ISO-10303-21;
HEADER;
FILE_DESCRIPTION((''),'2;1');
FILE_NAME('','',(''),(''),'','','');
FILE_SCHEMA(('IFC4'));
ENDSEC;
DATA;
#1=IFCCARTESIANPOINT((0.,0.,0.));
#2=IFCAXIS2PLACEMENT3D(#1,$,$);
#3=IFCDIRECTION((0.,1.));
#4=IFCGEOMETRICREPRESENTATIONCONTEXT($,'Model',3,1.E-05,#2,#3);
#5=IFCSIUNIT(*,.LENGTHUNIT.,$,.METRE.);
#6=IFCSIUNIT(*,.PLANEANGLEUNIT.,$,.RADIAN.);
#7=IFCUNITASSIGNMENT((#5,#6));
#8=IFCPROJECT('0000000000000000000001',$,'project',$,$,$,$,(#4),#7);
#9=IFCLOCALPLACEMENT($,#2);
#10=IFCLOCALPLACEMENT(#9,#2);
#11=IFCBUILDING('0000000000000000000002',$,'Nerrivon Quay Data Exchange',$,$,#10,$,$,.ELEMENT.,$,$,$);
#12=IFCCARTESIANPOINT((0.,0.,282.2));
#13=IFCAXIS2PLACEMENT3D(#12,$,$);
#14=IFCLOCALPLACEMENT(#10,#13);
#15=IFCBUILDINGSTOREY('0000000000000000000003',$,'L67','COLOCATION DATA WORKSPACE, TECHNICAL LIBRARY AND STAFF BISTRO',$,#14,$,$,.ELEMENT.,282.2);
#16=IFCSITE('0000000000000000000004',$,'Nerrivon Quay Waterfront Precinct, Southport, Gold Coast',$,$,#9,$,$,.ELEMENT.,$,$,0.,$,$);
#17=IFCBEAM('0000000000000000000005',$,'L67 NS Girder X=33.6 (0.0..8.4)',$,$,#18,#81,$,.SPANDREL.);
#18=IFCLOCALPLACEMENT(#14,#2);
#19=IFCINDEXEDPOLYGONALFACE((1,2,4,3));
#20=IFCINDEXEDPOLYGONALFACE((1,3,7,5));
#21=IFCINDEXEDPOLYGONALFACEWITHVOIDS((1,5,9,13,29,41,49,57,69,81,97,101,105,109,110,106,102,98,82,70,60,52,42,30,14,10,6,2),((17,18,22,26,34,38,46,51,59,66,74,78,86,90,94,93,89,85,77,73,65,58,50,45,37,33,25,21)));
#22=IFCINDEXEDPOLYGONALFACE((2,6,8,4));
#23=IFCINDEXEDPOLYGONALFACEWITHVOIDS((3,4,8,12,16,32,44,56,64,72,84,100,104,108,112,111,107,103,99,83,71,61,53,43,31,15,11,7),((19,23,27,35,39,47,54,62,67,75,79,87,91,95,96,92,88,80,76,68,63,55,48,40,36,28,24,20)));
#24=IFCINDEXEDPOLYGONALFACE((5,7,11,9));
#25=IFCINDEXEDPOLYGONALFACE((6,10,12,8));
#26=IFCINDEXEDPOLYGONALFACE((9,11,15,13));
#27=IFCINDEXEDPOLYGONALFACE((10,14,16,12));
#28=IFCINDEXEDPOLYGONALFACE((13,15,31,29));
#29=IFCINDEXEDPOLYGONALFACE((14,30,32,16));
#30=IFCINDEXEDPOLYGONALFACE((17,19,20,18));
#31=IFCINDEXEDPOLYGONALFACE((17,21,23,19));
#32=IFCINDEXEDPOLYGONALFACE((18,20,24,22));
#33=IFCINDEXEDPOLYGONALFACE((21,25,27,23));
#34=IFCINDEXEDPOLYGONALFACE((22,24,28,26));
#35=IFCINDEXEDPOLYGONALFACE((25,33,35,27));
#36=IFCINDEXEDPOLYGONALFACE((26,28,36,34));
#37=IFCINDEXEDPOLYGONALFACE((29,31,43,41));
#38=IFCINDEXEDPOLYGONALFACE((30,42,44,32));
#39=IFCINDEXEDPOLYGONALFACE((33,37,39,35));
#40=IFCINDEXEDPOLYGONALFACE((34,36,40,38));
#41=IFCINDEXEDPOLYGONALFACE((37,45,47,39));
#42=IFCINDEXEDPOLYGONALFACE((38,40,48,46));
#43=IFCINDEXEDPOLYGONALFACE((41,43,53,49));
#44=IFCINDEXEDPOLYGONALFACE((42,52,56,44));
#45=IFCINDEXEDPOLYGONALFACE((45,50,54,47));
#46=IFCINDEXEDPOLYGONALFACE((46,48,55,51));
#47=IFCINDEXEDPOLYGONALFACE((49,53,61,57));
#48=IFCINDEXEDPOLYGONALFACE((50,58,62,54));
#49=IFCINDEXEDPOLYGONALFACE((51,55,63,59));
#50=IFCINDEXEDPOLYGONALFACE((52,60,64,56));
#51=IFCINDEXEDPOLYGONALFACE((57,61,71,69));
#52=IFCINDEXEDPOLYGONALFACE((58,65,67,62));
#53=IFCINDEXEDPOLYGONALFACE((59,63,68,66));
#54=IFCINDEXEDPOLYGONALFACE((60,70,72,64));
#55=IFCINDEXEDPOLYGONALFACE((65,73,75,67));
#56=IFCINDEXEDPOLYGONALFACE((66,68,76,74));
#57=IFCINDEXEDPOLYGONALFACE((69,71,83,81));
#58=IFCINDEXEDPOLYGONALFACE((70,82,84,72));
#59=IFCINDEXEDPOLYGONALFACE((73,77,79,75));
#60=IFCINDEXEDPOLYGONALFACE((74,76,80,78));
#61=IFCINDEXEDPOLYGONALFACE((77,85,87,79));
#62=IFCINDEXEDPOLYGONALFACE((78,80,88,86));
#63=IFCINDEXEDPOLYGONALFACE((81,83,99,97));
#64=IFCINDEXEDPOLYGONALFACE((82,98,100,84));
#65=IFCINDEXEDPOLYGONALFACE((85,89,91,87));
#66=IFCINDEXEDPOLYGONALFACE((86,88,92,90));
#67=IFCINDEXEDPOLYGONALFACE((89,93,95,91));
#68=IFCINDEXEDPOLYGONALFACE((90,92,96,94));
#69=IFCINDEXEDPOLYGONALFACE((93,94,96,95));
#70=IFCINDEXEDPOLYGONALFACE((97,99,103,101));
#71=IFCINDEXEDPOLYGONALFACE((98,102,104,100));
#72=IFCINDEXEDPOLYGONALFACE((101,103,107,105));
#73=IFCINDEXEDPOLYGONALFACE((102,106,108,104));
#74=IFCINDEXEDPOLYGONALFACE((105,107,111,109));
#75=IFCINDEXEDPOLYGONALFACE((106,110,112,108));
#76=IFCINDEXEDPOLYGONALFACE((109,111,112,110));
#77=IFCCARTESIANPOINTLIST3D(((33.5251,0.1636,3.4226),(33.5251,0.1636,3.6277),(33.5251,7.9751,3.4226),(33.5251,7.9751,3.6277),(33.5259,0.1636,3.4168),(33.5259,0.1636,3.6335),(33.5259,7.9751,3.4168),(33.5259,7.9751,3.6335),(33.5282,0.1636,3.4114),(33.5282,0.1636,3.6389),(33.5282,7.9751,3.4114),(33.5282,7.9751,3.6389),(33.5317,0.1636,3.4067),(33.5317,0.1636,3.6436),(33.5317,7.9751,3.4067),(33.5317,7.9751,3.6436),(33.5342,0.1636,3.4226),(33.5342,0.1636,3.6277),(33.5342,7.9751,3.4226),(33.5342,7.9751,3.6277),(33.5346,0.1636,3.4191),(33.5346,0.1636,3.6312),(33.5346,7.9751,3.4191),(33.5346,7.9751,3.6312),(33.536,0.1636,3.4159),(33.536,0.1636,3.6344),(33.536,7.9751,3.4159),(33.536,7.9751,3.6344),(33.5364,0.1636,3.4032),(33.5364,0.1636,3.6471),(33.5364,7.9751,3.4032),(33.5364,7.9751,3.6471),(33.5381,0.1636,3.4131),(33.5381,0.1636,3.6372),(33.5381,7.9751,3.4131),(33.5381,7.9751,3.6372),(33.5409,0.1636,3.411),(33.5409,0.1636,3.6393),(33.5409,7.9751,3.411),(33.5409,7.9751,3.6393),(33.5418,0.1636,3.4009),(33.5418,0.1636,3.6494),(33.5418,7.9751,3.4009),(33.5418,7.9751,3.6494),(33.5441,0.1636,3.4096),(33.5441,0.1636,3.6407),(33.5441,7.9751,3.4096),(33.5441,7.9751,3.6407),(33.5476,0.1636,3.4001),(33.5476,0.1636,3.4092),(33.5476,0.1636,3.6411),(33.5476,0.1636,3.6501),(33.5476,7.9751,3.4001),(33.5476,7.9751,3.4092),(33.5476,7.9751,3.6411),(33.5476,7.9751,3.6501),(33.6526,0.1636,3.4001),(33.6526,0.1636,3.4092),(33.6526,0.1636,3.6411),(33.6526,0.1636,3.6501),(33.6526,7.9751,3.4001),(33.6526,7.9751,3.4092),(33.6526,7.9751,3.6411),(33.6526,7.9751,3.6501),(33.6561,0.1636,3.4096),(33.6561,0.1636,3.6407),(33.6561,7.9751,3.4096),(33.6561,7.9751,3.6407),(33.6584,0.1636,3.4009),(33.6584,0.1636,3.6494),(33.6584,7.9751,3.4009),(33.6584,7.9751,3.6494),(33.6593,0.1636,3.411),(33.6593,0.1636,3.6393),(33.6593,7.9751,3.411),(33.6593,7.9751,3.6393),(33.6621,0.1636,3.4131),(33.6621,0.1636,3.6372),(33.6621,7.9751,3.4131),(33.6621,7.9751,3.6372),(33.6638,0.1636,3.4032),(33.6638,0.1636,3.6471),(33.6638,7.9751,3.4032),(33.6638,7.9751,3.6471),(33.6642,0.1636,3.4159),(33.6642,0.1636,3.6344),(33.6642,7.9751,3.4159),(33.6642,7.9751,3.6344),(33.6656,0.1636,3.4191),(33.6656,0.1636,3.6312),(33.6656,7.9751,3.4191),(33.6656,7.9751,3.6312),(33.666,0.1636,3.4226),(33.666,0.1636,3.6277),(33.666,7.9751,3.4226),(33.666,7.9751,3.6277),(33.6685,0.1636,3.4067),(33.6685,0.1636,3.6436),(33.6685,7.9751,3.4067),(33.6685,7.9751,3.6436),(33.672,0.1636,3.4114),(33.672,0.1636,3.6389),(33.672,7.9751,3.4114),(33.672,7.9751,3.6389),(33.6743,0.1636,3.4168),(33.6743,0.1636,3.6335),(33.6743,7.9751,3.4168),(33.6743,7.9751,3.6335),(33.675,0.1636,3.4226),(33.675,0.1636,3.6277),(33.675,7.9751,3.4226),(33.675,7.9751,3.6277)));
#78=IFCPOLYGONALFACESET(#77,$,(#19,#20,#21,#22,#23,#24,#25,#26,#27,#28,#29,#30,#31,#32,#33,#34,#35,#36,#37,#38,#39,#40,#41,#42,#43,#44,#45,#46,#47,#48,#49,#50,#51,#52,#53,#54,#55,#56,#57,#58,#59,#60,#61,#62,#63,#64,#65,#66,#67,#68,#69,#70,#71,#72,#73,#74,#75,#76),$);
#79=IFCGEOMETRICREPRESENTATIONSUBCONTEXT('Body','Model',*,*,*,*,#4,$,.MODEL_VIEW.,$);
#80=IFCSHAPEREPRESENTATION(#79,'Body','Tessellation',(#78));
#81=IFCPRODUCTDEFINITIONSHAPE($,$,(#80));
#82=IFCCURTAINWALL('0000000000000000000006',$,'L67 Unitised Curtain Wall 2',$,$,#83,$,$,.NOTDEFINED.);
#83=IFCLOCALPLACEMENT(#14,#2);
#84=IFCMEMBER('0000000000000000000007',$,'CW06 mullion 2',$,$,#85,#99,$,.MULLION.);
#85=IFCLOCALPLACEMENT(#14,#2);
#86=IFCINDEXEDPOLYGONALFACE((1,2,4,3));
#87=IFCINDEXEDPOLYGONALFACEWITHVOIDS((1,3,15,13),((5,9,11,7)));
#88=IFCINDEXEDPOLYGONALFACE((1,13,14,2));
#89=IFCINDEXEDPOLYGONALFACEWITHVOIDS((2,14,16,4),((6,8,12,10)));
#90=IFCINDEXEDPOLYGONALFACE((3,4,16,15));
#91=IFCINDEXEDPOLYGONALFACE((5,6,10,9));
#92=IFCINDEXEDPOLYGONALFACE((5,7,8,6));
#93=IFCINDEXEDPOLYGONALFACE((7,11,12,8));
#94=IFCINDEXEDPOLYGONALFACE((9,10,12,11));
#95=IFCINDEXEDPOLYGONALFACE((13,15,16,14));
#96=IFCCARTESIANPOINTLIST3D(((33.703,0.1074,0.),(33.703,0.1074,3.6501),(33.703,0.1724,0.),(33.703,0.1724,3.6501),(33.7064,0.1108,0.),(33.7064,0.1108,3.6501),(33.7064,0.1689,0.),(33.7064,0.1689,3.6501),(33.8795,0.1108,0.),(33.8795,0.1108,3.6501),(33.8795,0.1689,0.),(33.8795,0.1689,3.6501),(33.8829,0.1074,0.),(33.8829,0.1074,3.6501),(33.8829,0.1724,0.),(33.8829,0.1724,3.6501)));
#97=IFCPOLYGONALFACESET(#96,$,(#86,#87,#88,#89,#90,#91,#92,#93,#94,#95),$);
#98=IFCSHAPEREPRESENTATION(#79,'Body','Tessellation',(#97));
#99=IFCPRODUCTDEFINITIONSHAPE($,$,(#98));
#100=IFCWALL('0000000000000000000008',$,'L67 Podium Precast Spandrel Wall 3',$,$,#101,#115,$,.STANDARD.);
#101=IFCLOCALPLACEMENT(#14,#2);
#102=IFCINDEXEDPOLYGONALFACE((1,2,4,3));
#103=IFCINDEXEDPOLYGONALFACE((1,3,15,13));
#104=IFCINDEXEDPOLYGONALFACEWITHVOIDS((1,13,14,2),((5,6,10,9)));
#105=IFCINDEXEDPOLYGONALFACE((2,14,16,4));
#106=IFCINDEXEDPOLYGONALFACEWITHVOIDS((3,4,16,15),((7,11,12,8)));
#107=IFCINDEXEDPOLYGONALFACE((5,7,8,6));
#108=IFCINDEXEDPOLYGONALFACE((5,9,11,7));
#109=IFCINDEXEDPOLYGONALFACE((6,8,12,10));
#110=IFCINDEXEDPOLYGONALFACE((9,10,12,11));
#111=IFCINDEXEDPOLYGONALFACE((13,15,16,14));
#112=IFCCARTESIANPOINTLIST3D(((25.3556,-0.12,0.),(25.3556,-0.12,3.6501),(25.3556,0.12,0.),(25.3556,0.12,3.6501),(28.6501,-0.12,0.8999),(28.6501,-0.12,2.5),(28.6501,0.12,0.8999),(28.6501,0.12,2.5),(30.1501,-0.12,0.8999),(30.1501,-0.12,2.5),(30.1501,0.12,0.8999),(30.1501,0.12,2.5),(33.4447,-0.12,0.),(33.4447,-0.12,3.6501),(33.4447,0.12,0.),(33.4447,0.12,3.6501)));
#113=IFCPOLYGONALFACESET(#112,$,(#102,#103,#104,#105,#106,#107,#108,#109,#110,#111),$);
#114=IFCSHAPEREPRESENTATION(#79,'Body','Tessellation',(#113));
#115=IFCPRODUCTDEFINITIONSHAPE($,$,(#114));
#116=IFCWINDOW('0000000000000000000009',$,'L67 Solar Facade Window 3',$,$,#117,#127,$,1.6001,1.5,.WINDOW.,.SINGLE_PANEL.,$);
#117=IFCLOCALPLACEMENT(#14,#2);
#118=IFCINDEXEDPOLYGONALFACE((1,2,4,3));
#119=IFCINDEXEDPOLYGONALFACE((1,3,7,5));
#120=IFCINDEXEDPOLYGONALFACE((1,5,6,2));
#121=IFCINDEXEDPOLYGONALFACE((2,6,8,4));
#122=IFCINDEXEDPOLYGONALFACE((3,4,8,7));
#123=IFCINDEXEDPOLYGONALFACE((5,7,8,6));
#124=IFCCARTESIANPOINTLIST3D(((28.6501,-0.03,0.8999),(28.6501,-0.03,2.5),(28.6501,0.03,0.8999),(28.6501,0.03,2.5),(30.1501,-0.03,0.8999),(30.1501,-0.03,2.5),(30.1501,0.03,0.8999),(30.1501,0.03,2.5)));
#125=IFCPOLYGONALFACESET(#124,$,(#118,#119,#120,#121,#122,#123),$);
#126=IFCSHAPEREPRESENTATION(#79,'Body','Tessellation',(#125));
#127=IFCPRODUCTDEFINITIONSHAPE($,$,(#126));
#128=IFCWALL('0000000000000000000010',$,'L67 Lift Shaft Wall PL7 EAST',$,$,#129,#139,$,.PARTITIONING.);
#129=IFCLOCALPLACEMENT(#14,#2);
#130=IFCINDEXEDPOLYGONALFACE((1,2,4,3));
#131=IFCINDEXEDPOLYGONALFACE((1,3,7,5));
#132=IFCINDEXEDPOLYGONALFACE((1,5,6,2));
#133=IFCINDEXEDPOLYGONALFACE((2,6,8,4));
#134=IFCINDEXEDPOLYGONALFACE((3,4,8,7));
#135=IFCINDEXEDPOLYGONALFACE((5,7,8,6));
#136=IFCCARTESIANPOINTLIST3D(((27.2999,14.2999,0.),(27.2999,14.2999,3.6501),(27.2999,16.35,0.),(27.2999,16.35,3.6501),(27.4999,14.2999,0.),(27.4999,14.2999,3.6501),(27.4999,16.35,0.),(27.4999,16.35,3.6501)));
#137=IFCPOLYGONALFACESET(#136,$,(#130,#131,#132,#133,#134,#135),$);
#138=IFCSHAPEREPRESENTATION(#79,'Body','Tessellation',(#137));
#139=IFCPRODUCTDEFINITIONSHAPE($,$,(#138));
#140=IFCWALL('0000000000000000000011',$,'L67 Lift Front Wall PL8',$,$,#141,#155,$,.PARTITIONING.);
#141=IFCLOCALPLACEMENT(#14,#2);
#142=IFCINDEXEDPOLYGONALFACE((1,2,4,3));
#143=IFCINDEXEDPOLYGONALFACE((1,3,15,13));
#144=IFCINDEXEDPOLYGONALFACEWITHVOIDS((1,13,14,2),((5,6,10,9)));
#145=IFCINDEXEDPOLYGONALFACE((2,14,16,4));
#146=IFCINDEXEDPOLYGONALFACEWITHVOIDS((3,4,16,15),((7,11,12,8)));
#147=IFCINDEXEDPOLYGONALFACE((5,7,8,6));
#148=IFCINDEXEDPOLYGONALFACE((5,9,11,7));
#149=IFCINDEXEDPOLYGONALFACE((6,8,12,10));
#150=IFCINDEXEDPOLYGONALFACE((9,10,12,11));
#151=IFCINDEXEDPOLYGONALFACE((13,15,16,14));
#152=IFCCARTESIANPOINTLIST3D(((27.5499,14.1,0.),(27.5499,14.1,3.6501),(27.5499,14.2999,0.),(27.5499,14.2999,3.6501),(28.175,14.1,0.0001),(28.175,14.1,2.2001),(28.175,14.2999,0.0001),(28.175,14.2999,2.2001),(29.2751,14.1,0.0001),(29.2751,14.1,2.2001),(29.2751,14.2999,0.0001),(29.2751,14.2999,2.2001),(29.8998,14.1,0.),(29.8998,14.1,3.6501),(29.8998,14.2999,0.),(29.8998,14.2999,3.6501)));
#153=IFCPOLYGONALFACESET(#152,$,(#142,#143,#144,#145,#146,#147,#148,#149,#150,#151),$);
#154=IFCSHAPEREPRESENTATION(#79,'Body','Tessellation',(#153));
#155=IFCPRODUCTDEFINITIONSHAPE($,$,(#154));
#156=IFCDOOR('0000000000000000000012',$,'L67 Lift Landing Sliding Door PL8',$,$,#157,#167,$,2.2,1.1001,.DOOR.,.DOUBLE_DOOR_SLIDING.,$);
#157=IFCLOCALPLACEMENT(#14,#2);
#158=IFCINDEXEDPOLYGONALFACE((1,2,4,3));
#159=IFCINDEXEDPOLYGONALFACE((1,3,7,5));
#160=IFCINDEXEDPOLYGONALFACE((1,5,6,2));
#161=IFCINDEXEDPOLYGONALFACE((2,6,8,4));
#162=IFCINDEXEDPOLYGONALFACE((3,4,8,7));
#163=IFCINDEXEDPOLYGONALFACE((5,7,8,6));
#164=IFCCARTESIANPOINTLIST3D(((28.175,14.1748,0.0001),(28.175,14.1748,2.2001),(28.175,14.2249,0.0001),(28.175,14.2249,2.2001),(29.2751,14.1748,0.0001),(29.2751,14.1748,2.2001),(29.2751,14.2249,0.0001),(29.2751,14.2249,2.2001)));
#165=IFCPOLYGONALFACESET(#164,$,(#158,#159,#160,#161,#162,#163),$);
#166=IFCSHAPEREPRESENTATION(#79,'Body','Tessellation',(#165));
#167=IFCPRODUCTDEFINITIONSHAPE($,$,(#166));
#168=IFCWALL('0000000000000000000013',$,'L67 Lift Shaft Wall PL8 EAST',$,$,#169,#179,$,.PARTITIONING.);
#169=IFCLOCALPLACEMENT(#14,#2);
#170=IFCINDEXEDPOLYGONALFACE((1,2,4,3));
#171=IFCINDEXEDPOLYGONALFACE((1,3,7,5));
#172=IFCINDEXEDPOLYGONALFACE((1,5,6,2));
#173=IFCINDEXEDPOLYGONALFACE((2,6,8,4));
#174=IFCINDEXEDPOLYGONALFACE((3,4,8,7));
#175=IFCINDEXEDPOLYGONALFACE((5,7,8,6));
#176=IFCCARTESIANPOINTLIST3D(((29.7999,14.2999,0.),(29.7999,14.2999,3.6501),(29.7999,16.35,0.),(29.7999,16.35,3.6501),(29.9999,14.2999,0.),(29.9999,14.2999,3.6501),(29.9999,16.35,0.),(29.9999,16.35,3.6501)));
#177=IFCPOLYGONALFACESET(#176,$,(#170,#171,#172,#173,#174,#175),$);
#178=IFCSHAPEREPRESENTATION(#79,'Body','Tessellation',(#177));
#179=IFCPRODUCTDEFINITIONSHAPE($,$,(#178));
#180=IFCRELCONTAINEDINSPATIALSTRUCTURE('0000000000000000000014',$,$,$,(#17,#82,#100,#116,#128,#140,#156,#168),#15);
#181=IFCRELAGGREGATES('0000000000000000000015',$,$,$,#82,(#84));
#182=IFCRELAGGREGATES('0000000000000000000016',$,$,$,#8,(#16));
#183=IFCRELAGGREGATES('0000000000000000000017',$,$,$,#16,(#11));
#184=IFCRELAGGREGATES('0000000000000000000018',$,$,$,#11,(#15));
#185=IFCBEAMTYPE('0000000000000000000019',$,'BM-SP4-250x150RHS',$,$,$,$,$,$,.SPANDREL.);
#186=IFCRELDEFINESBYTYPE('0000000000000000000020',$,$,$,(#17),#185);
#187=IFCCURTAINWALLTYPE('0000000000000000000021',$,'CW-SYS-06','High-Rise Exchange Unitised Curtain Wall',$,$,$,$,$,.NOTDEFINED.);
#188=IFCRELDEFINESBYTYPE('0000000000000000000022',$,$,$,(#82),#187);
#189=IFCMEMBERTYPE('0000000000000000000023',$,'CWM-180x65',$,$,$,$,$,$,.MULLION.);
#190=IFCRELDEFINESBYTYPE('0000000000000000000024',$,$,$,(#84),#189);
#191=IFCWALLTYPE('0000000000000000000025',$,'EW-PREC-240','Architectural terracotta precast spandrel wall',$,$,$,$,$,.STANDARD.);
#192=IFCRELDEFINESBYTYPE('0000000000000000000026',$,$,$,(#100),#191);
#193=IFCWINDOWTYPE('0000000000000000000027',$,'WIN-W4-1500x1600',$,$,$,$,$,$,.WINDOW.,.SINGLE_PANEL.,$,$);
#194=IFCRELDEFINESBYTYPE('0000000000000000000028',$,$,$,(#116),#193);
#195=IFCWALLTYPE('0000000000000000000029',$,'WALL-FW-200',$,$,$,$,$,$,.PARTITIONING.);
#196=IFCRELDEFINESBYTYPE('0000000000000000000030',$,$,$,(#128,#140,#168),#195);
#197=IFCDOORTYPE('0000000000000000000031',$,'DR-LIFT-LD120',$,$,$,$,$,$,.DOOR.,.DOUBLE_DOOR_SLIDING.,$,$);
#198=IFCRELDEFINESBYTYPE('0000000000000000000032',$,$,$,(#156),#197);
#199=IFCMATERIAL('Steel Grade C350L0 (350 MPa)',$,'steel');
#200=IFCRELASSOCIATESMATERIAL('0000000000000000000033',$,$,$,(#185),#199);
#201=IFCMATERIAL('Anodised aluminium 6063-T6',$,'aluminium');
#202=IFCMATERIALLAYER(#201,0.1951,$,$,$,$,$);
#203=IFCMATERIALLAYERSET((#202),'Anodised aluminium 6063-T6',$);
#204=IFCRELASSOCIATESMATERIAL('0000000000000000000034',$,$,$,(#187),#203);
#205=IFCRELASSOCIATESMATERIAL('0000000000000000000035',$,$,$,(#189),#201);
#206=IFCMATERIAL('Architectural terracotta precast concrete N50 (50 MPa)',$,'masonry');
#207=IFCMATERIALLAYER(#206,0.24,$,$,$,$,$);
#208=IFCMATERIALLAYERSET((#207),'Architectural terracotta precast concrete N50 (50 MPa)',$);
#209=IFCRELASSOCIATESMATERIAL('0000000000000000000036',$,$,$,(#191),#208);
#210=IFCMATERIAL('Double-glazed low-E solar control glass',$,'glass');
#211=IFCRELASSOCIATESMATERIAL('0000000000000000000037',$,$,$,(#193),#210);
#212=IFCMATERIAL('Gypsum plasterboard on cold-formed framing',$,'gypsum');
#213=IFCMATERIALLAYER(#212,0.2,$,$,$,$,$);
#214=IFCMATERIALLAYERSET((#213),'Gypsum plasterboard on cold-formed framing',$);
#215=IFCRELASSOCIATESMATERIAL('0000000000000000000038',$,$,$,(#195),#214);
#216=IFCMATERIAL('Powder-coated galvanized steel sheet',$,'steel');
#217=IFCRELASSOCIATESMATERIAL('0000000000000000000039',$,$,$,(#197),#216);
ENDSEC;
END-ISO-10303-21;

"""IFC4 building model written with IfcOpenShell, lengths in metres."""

from ifc_helpers import new_model, si_unit, direction, frame, frame_2d, origin, origin_2d, place, context, subcontext, project, spatial, rectangle, hollow_rectangle, extrude, material, layer, layer_set, material_profile, profile_set, type_object, element, fill, aggregate, save


model = new_model("IFC4")

# Units and contexts
model_context = context("Model", 3, precision=1e-05, world=origin(), true_north=direction((0.0, 1.0)))
body_context = subcontext(model_context, "Body", "Model", "MODEL_VIEW")
ifc_project = project(units=[si_unit("LENGTHUNIT", "METRE"), si_unit("PLANEANGLEUNIT", "RADIAN")], contexts=[model_context])

# Site, building, storey
site_placement = place(None, origin())
site = spatial("IfcSite", under=ifc_project, at=site_placement, Name="Nerrivon Quay Waterfront Precinct, Southport, Gold Coast", CompositionType="ELEMENT", RefElevation=0.0)
building_placement = place(site_placement, origin())
building = spatial("IfcBuilding", under=site, at=building_placement, Name="Nerrivon Quay Data Exchange", CompositionType="ELEMENT")
storey_placement = place(building_placement, frame((0.0, 0.0, 282.2)))
storey = spatial("IfcBuildingStorey", under=building, at=storey_placement, Name="L67", Description="COLOCATION DATA WORKSPACE, TECHNICAL LIBRARY AND STAFF BISTRO", CompositionType="ELEMENT", Elevation=282.2)

# Beam
ifc_material_1 = material(Name="Steel Grade C350L0 (350 MPa)", Category="steel")
ifc_material_profile_1 = material_profile(ifc_material_1, hollow_rectangle(XDim=0.1499, YDim=0.25, WallThickness=0.009, InnerFilletRadius=0.0134, OuterFilletRadius=0.0225, at=origin_2d()), Name="250x150x9.0RHS")
ifc_profile_set_1 = profile_set([ifc_material_profile_1], Name="Steel Grade C350L0 (350 MPa)")
beam_type_1 = type_object("IfcBeamType", Name="BM-SP4-250x150RHS", PredefinedType="SPANDREL", material=ifc_profile_set_1)
beam_1_placement = place(storey_placement, frame((33.6001, 0.1636, 3.5251), z_axis=(0.0, 1.0, 0.0), x_axis=(-1.0, 0.0, 0.0)))
element("IfcBeam", 1, at=beam_1_placement, inside=storey, type_object=beam_type_1, Name="L67 NS Girder X=33.6 (0.0..8.4)", PredefinedType="SPANDREL", context=body_context, shape_type="SweptSolid", body=[
    extrude(hollow_rectangle(XDim=0.1499, YDim=0.25, WallThickness=0.009, InnerFilletRadius=0.0134, OuterFilletRadius=0.0225, at=origin_2d()), origin(), (0.0, 0.0, 1.0), 7.8115),
])

# Curtain wall, member
ifc_material_2 = material(Name="Anodised aluminium 6063-T6", Category="aluminium")
ifc_layer_1 = layer(ifc_material_2, 0.1951)
ifc_layer_set_1 = layer_set([ifc_layer_1], Name="Anodised aluminium 6063-T6")
curtain_wall_type = type_object("IfcCurtainWallType", Name="CW-SYS-06", Description="High-Rise Exchange Unitised Curtain Wall", PredefinedType="NOTDEFINED", material=ifc_layer_set_1)
curtain_wall_placement = place(storey_placement, origin())
curtain_wall = element("IfcCurtainWall", 2, at=curtain_wall_placement, inside=storey, type_object=curtain_wall_type, Name="L67 Unitised Curtain Wall 2", PredefinedType="NOTDEFINED")
ifc_material_profile_2 = material_profile(ifc_material_2, hollow_rectangle(XDim=0.0649, YDim=0.1799, WallThickness=0.0034, at=origin_2d()), Name="ALU-MULL-180x65")
ifc_profile_set_2 = profile_set([ifc_material_profile_2], Name="Anodised aluminium 6063-T6")
member_type = type_object("IfcMemberType", Name="CWM-180x65", PredefinedType="MULLION", material=ifc_profile_set_2)
member_placement = place(storey_placement, frame((33.793, 0.1399, 0.0), z_axis=(0.0, 0.0, 1.0), x_axis=(0.0, -1.0, 0.0)))
member = element("IfcMember", 3, at=member_placement, type_object=member_type, Name="CW06 mullion 2", PredefinedType="MULLION", context=body_context, shape_type="SweptSolid", body=[
    extrude(hollow_rectangle(XDim=0.0649, YDim=0.1799, WallThickness=0.0034, at=origin_2d()), origin(), (0.0, 0.0, 1.0), 3.6501),
])
aggregate(curtain_wall, [member])

# Wall, opening, window
ifc_material_3 = material(Name="Architectural terracotta precast concrete N50 (50 MPa)", Category="masonry")
ifc_layer_2 = layer(ifc_material_3, 0.24)
ifc_layer_set_2 = layer_set([ifc_layer_2], Name="Architectural terracotta precast concrete N50 (50 MPa)")
wall_type_1 = type_object("IfcWallType", Name="EW-PREC-240", Description="Architectural terracotta precast spandrel wall", PredefinedType="STANDARD", material=ifc_layer_set_2)
wall_1_placement = place(storey_placement, frame((33.4446, 0.0, 0.0), z_axis=(0.0, 0.0, 1.0), x_axis=(-1.0, 0.0, 0.0)))
wall_1 = element("IfcWall", 4, at=wall_1_placement, inside=storey, type_object=wall_type_1, Name="L67 Podium Precast Spandrel Wall 3", PredefinedType="STANDARD", context=body_context, shape_type="SweptSolid", body=[
    extrude(rectangle(XDim=8.0891, YDim=0.24, at=frame_2d((4.0444, 0.0))), origin(), (0.0, 0.0, 1.0), 3.6501),
])
opening_1_placement = place(wall_1_placement, frame((3.2944, 0.0, 0.8999)))
opening_1 = element("IfcOpeningElement", 5, at=opening_1_placement, cuts=wall_1, PredefinedType="OPENING", context=body_context, shape_type="SweptSolid", body=[
    extrude(rectangle(XDim=1.5, YDim=1.6001, at=frame_2d((0.75, 0.8))), frame((0.0, 0.1299, 0.0), z_axis=(0.0, -1.0, 0.0), x_axis=(1.0, 0.0, 0.0)), (0.0, 0.0, 1.0), 0.26),
])
ifc_material_4 = material(Name="Double-glazed low-E solar control glass", Category="glass")
window_type = type_object("IfcWindowType", Name="WIN-W4-1500x1600", PartitioningType="SINGLE_PANEL", PredefinedType="WINDOW", material=ifc_material_4)
window_placement = place(opening_1_placement, origin())
window = element("IfcWindow", 6, at=window_placement, inside=storey, type_object=window_type, Name="L67 Solar Facade Window 3", OverallHeight=1.6001, OverallWidth=1.5, PartitioningType="SINGLE_PANEL", PredefinedType="WINDOW", context=body_context, shape_type="SweptSolid", body=[
    extrude(rectangle(XDim=1.5, YDim=1.6001, at=frame_2d((0.75, 0.8))), frame((0.0, 0.03, 0.0), z_axis=(0.0, -1.0, 0.0), x_axis=(1.0, 0.0, 0.0)), (0.0, 0.0, 1.0), 0.0601),
])
fill(opening_1, window)

# Shared definitions
ifc_material_5 = material(Name="Powder-coated galvanized steel sheet", Category="steel")

# Wall
ifc_material_6 = material(Name="Gypsum plasterboard on cold-formed framing", Category="gypsum")
ifc_layer_3 = layer(ifc_material_6, 0.2)
ifc_layer_set_3 = layer_set([ifc_layer_3], Name="Gypsum plasterboard on cold-formed framing")
wall_type_2 = type_object("IfcWallType", Name="WALL-FW-200", PredefinedType="PARTITIONING", material=ifc_layer_set_3)
wall_2_placement = place(storey_placement, frame((27.3999, 14.3, 0.0), z_axis=(0.0, 0.0, 1.0), x_axis=(0.0, 1.0, 0.0)))
element("IfcWall", 7, at=wall_2_placement, inside=storey, type_object=wall_type_2, Name="L67 Lift Shaft Wall PL7 EAST", PredefinedType="PARTITIONING", context=body_context, shape_type="SweptSolid", body=[
    extrude(rectangle(XDim=2.05, YDim=0.2, at=frame_2d((1.0249, 0.0))), origin(), (0.0, 0.0, 1.0), 3.6501),
])

# Wall, opening, door
wall_3_placement = place(storey_placement, frame((27.55, 14.2, 0.0), z_axis=(0.0, 0.0, 1.0), x_axis=(1.0, 0.0, 0.0)))
wall_3 = element("IfcWall", 8, at=wall_3_placement, inside=storey, type_object=wall_type_2, Name="L67 Lift Front Wall PL8", PredefinedType="PARTITIONING", context=body_context, shape_type="SweptSolid", body=[
    extrude(rectangle(XDim=2.3499, YDim=0.2, at=frame_2d((1.1748, 0.0))), origin(), (0.0, 0.0, 1.0), 3.6501),
])
opening_2_placement = place(wall_3_placement, frame((0.625, 0.0, 0.0)))
opening_2 = element("IfcOpeningElement", 9, at=opening_2_placement, cuts=wall_3, PredefinedType="OPENING", context=body_context, shape_type="SweptSolid", body=[
    extrude(rectangle(XDim=1.1001, YDim=2.2, at=frame_2d((0.55, 1.1001))), frame((0.0, 0.1099, 0.0), z_axis=(0.0, -1.0, 0.0), x_axis=(1.0, 0.0, 0.0)), (0.0, 0.0, 1.0), 0.22),
])
door_type_1 = type_object("IfcDoorType", Name="DR-LIFT-LD120", OperationType="DOUBLE_DOOR_SLIDING", PredefinedType="DOOR", material=ifc_material_5)
door_1_placement = place(opening_2_placement, origin())
door_1 = element("IfcDoor", 10, at=door_1_placement, inside=storey, type_object=door_type_1, Name="L67 Lift Landing Sliding Door PL8", OperationType="DOUBLE_DOOR_SLIDING", OverallHeight=2.2, OverallWidth=1.1001, PredefinedType="DOOR", context=body_context, shape_type="SweptSolid", body=[
    extrude(rectangle(XDim=1.1001, YDim=2.2, at=frame_2d((0.55, 1.1001))), frame((0.0, 0.0249, 0.0), z_axis=(0.0, -1.0, 0.0), x_axis=(1.0, 0.0, 0.0)), (0.0, 0.0, 1.0), 0.05),
])
fill(opening_2, door_1)

# Wall
wall_4_placement = place(storey_placement, frame((29.8999, 14.3, 0.0), z_axis=(0.0, 0.0, 1.0), x_axis=(0.0, 1.0, 0.0)))
element("IfcWall", 11, at=wall_4_placement, inside=storey, type_object=wall_type_2, Name="L67 Lift Shaft Wall PL8 EAST", PredefinedType="PARTITIONING", context=body_context, shape_type="SweptSolid", body=[
    extrude(rectangle(XDim=2.05, YDim=0.2, at=frame_2d((1.0249, 0.0))), origin(), (0.0, 0.0, 1.0), 3.6501),
])

save(model, "model.ifc")
